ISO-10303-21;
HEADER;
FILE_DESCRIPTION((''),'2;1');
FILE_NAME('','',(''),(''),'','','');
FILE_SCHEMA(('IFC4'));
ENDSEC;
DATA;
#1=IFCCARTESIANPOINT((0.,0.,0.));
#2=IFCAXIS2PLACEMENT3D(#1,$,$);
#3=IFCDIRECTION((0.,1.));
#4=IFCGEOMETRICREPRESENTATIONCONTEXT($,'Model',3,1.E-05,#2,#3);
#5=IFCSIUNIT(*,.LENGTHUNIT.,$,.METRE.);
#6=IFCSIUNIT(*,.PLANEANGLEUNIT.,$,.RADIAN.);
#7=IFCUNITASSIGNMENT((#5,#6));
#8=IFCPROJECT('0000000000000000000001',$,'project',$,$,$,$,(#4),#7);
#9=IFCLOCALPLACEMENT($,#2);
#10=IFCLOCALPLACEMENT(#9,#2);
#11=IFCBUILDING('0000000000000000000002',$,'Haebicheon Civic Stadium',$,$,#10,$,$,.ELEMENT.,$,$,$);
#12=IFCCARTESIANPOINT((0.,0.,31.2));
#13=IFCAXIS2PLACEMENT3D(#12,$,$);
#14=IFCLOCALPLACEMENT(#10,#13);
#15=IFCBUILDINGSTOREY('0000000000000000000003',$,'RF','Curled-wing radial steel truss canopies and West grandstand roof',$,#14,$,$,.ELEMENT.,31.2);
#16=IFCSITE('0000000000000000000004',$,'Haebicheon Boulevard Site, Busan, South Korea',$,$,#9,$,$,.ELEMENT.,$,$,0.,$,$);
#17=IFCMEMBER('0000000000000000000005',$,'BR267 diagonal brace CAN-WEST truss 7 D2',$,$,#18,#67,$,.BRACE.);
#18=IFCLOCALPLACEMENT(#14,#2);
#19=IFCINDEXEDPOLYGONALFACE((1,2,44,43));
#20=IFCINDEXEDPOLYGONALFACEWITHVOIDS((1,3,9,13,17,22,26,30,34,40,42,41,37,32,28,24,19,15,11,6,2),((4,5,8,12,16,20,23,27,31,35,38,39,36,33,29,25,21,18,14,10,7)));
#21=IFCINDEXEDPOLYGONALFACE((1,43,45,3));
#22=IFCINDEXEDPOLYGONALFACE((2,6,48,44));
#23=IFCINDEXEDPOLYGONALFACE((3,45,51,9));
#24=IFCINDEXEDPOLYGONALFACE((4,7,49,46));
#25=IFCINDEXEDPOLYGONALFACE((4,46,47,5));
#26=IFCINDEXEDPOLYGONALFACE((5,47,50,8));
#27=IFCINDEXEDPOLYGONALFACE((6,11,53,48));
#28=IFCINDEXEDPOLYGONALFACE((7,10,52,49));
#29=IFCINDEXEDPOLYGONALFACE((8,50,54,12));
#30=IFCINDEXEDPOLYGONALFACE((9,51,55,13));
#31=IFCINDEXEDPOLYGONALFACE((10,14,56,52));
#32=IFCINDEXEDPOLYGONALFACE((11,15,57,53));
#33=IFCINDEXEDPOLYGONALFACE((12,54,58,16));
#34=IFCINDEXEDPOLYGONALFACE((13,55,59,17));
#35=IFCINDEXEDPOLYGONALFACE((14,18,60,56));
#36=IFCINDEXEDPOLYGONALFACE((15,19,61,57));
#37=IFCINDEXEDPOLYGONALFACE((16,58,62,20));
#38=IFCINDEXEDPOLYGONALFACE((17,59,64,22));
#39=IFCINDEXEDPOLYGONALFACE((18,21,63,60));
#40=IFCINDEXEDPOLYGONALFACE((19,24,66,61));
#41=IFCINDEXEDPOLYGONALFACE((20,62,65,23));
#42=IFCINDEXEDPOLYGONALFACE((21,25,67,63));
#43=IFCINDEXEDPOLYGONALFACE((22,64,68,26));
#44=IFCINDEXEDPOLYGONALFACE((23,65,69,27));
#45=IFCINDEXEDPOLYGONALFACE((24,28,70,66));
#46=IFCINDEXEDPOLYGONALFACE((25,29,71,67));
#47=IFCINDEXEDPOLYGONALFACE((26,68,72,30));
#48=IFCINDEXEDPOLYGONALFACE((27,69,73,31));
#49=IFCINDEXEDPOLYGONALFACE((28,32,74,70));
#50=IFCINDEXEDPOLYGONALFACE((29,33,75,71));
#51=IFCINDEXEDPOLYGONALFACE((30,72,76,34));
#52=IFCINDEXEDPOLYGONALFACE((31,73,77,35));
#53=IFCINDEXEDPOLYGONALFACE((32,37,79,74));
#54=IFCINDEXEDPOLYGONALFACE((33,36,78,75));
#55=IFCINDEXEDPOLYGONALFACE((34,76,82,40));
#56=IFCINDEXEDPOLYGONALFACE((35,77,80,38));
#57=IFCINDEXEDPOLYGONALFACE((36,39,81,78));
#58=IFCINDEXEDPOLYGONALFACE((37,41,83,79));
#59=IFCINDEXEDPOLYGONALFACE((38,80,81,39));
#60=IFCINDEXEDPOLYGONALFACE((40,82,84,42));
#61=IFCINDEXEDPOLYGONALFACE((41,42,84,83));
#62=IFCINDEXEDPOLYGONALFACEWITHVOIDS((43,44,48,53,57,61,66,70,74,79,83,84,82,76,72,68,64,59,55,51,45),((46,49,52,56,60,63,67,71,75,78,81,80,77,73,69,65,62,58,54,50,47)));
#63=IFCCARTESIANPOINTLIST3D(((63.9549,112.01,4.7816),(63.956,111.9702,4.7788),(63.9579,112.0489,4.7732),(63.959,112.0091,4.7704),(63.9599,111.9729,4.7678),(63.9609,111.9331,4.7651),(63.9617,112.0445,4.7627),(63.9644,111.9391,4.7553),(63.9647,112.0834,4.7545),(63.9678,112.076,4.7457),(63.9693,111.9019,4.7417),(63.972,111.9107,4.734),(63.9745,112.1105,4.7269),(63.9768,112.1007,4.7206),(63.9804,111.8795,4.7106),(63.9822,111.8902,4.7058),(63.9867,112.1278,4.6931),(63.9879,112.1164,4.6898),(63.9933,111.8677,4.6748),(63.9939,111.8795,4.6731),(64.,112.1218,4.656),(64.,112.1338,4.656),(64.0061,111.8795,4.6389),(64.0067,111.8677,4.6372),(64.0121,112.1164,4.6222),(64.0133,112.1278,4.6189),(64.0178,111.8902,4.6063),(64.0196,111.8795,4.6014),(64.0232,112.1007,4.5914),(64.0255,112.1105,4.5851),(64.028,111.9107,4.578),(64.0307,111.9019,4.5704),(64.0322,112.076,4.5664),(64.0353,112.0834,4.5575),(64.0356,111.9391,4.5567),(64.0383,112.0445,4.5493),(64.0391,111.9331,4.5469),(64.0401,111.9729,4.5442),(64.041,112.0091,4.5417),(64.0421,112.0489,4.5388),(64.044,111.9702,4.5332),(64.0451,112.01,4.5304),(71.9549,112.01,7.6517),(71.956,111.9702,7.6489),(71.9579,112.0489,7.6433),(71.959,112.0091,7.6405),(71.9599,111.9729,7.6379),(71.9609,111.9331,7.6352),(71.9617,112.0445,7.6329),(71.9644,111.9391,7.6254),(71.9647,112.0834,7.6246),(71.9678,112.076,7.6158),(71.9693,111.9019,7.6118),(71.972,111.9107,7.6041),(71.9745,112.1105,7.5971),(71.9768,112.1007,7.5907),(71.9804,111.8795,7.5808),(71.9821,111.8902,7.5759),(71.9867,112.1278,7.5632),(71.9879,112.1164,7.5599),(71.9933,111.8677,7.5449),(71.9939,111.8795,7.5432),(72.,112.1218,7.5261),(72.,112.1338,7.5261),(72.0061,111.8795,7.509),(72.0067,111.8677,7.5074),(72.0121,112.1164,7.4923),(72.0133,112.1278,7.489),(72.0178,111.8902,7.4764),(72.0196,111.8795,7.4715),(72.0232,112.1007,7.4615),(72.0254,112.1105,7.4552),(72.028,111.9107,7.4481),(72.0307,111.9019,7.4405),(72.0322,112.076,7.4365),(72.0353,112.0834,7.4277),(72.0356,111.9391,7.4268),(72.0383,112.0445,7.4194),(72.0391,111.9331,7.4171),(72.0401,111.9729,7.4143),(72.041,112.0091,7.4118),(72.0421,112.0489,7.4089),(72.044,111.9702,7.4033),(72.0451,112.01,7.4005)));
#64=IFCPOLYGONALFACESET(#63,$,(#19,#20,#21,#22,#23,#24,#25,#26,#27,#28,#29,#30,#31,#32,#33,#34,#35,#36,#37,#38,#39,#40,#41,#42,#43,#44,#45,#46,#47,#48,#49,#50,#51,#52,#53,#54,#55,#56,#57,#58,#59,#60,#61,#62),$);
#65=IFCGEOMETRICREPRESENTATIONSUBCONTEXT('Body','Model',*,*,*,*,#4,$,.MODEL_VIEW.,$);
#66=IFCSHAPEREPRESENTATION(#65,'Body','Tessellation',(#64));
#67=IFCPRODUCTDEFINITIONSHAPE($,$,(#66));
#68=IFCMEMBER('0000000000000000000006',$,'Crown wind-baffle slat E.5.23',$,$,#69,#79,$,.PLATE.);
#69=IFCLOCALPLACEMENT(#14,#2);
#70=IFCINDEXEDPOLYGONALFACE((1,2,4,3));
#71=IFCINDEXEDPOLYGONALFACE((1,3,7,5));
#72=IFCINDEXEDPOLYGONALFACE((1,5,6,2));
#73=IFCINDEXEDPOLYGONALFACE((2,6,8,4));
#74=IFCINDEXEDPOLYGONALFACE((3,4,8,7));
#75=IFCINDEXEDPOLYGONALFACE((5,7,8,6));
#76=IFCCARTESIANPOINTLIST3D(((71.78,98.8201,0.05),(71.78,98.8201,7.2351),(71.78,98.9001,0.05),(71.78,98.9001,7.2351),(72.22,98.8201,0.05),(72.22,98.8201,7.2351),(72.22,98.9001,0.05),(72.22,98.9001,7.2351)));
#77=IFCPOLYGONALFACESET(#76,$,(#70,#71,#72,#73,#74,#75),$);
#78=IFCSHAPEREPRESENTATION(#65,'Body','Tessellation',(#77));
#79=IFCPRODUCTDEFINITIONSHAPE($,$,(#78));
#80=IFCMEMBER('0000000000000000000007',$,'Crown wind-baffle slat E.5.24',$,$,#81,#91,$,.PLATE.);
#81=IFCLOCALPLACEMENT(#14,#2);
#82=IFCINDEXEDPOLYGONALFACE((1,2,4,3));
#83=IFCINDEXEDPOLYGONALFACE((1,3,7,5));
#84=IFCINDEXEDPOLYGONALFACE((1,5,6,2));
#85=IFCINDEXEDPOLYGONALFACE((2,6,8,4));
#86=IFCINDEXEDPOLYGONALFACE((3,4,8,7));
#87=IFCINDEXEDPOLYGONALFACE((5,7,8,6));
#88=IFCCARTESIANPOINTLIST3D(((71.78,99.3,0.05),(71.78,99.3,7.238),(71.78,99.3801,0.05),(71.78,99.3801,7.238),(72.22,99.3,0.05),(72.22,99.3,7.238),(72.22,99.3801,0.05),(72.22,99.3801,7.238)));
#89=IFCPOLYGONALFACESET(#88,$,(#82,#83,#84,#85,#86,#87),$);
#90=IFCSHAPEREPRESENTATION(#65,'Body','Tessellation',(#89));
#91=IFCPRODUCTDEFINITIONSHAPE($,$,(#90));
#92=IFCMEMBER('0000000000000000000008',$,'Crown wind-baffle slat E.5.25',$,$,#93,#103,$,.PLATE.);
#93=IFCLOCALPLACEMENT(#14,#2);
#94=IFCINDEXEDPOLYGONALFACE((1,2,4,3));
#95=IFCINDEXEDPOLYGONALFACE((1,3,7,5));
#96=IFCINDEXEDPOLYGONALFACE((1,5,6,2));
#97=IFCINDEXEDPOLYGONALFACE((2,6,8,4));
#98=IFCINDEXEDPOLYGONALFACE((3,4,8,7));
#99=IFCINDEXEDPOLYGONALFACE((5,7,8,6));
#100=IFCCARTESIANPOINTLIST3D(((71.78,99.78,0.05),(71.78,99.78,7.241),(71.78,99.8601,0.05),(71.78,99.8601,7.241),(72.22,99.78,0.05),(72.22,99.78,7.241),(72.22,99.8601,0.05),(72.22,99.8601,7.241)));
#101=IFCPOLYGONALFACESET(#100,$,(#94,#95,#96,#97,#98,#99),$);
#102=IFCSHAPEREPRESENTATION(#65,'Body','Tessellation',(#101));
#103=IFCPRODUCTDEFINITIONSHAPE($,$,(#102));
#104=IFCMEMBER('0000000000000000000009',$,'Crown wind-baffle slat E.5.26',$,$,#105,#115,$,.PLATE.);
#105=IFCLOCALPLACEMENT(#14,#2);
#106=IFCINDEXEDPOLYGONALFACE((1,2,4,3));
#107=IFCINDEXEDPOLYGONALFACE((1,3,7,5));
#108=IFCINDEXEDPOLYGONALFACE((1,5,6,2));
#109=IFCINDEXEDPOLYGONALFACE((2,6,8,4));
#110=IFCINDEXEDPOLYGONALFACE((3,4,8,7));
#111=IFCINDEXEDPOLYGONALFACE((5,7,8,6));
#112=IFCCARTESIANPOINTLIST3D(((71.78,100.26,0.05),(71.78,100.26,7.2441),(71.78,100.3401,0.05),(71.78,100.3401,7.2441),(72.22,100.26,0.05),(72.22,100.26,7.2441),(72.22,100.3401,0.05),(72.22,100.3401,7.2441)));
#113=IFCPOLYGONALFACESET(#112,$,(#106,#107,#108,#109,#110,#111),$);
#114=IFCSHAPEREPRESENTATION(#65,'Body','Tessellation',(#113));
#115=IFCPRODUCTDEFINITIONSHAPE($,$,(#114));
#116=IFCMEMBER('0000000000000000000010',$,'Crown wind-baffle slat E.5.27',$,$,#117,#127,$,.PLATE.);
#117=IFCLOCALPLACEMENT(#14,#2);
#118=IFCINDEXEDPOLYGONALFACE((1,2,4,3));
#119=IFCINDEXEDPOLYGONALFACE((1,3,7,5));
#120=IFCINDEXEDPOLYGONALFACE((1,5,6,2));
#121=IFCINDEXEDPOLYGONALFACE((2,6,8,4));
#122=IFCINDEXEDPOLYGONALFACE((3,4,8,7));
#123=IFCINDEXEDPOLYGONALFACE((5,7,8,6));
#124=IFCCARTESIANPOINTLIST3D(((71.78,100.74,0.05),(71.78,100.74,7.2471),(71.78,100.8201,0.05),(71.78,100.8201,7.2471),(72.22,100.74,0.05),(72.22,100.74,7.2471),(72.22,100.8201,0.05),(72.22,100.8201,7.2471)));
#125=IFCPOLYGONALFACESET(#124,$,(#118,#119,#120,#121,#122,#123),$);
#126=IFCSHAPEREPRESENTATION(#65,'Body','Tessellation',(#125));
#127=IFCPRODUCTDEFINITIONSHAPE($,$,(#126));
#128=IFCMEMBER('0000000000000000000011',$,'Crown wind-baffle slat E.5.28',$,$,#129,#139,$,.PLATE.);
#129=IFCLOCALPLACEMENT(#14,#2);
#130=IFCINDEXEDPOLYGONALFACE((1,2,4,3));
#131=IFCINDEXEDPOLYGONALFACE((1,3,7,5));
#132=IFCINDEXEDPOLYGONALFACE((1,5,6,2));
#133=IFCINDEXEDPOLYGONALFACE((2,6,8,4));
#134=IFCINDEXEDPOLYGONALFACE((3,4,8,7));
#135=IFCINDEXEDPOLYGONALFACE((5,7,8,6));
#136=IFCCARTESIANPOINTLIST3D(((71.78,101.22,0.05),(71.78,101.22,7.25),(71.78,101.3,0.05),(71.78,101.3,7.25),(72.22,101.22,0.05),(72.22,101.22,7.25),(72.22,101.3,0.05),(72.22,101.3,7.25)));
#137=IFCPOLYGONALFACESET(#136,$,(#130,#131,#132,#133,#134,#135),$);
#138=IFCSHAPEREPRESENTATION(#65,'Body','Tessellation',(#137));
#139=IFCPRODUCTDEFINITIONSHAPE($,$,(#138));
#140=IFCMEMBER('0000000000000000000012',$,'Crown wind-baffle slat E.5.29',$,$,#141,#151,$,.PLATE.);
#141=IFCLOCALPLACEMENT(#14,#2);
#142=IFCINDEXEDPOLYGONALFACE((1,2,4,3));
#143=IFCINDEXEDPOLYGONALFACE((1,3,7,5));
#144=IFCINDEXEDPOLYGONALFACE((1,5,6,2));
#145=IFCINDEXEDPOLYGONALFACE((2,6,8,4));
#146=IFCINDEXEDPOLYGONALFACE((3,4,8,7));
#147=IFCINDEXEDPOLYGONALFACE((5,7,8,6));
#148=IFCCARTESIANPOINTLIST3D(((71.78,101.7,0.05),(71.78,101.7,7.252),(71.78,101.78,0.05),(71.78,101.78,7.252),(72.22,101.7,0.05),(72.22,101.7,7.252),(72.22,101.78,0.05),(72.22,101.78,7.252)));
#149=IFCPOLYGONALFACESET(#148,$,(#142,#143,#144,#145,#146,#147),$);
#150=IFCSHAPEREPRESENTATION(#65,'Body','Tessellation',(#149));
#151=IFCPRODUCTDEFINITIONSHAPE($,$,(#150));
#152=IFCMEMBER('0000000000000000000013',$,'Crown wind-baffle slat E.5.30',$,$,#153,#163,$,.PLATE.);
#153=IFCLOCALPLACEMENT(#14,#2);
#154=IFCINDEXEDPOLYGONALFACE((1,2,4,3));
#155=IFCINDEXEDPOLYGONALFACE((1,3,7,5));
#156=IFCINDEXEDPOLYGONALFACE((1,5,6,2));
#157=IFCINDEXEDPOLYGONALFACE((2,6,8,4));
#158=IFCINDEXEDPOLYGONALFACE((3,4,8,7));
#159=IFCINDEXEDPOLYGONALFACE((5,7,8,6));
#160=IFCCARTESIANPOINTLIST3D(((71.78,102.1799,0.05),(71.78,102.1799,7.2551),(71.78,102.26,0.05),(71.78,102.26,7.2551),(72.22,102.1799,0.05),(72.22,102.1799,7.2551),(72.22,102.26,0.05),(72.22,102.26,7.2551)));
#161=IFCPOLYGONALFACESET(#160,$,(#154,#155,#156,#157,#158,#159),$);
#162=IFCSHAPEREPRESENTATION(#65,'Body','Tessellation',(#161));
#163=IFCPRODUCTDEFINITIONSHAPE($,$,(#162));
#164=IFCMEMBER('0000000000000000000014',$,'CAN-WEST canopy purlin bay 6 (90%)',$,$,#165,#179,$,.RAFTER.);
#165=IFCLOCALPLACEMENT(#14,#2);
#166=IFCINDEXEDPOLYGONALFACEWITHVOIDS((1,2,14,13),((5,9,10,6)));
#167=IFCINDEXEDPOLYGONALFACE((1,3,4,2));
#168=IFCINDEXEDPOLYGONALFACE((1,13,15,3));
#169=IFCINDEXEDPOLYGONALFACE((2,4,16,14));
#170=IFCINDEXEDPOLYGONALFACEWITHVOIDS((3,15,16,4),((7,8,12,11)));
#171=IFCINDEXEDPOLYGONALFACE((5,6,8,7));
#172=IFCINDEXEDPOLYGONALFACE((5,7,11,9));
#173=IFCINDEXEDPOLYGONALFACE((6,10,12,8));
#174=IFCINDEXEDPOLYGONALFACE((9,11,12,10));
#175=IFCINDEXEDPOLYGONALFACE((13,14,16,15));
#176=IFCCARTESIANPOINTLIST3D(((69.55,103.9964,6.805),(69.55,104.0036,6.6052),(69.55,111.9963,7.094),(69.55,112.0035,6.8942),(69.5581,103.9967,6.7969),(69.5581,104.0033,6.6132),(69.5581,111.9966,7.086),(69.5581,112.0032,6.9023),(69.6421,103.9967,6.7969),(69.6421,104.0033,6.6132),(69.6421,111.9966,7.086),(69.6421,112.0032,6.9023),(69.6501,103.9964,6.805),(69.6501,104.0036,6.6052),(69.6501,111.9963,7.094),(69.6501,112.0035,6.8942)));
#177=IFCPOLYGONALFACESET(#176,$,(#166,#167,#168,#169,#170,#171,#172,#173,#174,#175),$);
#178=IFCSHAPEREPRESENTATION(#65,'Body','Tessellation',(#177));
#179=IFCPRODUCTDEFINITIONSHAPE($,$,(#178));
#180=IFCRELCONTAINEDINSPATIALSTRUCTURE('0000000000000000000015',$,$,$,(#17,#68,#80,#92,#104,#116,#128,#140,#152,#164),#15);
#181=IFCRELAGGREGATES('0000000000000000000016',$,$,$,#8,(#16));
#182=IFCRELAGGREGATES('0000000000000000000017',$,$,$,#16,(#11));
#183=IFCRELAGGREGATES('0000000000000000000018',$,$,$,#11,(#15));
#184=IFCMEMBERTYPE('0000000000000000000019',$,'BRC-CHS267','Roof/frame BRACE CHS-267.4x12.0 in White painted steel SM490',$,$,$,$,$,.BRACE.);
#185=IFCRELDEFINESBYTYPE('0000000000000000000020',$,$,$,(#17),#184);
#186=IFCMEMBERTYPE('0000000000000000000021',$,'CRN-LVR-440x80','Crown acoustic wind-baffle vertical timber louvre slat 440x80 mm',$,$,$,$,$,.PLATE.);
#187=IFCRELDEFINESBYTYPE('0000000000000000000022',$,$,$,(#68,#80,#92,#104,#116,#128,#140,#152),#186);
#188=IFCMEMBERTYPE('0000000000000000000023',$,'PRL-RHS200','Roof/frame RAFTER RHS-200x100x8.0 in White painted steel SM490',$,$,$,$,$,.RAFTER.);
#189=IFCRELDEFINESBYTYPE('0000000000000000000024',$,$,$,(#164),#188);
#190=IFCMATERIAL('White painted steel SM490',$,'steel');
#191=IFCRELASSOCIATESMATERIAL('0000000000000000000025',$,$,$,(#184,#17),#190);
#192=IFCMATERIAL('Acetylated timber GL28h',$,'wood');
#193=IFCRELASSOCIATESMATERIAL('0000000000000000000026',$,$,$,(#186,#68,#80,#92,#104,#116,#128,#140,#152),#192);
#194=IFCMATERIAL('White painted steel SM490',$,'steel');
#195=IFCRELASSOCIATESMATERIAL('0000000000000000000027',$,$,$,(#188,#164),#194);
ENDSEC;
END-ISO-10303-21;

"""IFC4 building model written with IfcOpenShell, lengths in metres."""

from ifc_helpers import new_model, si_unit, direction, frame, origin, origin_2d, place, context, subcontext, project, spatial, rectangle, hollow_rectangle, hollow_circle, extrude, material, material_profile, profile_set, type_object, element, save


model = new_model("IFC4")

# Units and contexts
model_context = context("Model", 3, precision=1e-05, world=origin(), true_north=direction((0.0, 1.0)))
body_context = subcontext(model_context, "Body", "Model", "MODEL_VIEW")
ifc_project = project(units=[si_unit("LENGTHUNIT", "METRE"), si_unit("PLANEANGLEUNIT", "RADIAN")], contexts=[model_context])

# Site, building, storey
site_placement = place(None, origin())
site = spatial("IfcSite", under=ifc_project, at=site_placement, Name="Haebicheon Boulevard Site, Busan, South Korea", CompositionType="ELEMENT", RefElevation=0.0)
building_placement = place(site_placement, origin())
building = spatial("IfcBuilding", under=site, at=building_placement, Name="Haebicheon Civic Stadium", CompositionType="ELEMENT")
storey_placement = place(building_placement, frame((0.0, 0.0, 31.2)))
storey = spatial("IfcBuildingStorey", under=building, at=storey_placement, Name="RF", Description="Curled-wing radial steel truss canopies and West grandstand roof", CompositionType="ELEMENT", Elevation=31.2)

# Members
ifc_material_1 = material(Name="White painted steel SM490", Category="steel")
ifc_material_profile_1 = material_profile(ifc_material_1, hollow_circle(Radius=0.1338, WallThickness=0.012, at=origin_2d()), Name="CHS-267.4x12.0")
ifc_profile_set_1 = profile_set([ifc_material_profile_1], Name="White painted steel SM490")
member_type_1 = type_object("IfcMemberType", Name="BRC-CHS267", Description="Roof/frame BRACE CHS-267.4x12.0 in White painted steel SM490", PredefinedType="BRACE", material=ifc_profile_set_1)
for number, where, z_axis, x_axis, name in (
    (1, (64.0, 112.0, 4.656), (0.941257, 0.0, 0.33769), (0.0, 1.0, 0.0), "BR267 diagonal brace CAN-WEST truss 7 D2"),
):
    element("IfcMember", number, at=place(storey_placement, frame(where, z_axis=z_axis, x_axis=x_axis)), inside=storey, type_object=member_type_1, material=ifc_profile_set_1, Name=name, PredefinedType="BRACE", context=body_context, shape_type="SweptSolid", body=[
        extrude(hollow_circle(Radius=0.1338, WallThickness=0.012, at=origin_2d()), origin(), (0.0, 0.0, 1.0), 8.4993),
    ])
ifc_material_2 = material(Name="Acetylated timber GL28h", Category="wood")
ifc_material_profile_2 = material_profile(ifc_material_2, rectangle(XDim=0.0801, YDim=0.4399, at=origin_2d()), Name="TMB-LOUV-80x440")
ifc_profile_set_2 = profile_set([ifc_material_profile_2], Name="Acetylated timber GL28h")
member_type_2 = type_object("IfcMemberType", Name="CRN-LVR-440x80", Description="Crown acoustic wind-baffle vertical timber louvre slat 440x80 mm", PredefinedType="PLATE", material=ifc_profile_set_2)
member_1_placement = place(storey_placement, frame((72.0, 98.8601, 0.05), z_axis=(0.0, 0.0, 1.0), x_axis=(0.0, 1.0, 0.0)))
element("IfcMember", 2, at=member_1_placement, inside=storey, type_object=member_type_2, material=ifc_profile_set_2, Name="Crown wind-baffle slat E.5.23", PredefinedType="PLATE", context=body_context, shape_type="SweptSolid", body=[
    extrude(rectangle(XDim=0.0801, YDim=0.4399, at=origin_2d()), origin(), (0.0, 0.0, 1.0), 7.1851),
])
member_2_placement = place(storey_placement, frame((72.0, 99.3401, 0.05), z_axis=(0.0, 0.0, 1.0), x_axis=(0.0, 1.0, 0.0)))
element("IfcMember", 3, at=member_2_placement, inside=storey, type_object=member_type_2, material=ifc_profile_set_2, Name="Crown wind-baffle slat E.5.24", PredefinedType="PLATE", context=body_context, shape_type="SweptSolid", body=[
    extrude(rectangle(XDim=0.0801, YDim=0.4399, at=origin_2d()), origin(), (0.0, 0.0, 1.0), 7.188),
])
member_3_placement = place(storey_placement, frame((72.0, 99.8201, 0.05), z_axis=(0.0, 0.0, 1.0), x_axis=(0.0, 1.0, 0.0)))
element("IfcMember", 4, at=member_3_placement, inside=storey, type_object=member_type_2, material=ifc_profile_set_2, Name="Crown wind-baffle slat E.5.25", PredefinedType="PLATE", context=body_context, shape_type="SweptSolid", body=[
    extrude(rectangle(XDim=0.0801, YDim=0.4399, at=origin_2d()), origin(), (0.0, 0.0, 1.0), 7.1909),
])
member_4_placement = place(storey_placement, frame((72.0, 100.3, 0.05), z_axis=(0.0, 0.0, 1.0), x_axis=(0.0, 1.0, 0.0)))
element("IfcMember", 5, at=member_4_placement, inside=storey, type_object=member_type_2, material=ifc_profile_set_2, Name="Crown wind-baffle slat E.5.26", PredefinedType="PLATE", context=body_context, shape_type="SweptSolid", body=[
    extrude(rectangle(XDim=0.0801, YDim=0.4399, at=origin_2d()), origin(), (0.0, 0.0, 1.0), 7.1941),
])
member_5_placement = place(storey_placement, frame((72.0, 100.78, 0.05), z_axis=(0.0, 0.0, 1.0), x_axis=(0.0, 1.0, 0.0)))
element("IfcMember", 6, at=member_5_placement, inside=storey, type_object=member_type_2, material=ifc_profile_set_2, Name="Crown wind-baffle slat E.5.27", PredefinedType="PLATE", context=body_context, shape_type="SweptSolid", body=[
    extrude(rectangle(XDim=0.0801, YDim=0.4399, at=origin_2d()), origin(), (0.0, 0.0, 1.0), 7.197),
])
member_6_placement = place(storey_placement, frame((72.0, 101.26, 0.05), z_axis=(0.0, 0.0, 1.0), x_axis=(0.0, 1.0, 0.0)))
element("IfcMember", 7, at=member_6_placement, inside=storey, type_object=member_type_2, material=ifc_profile_set_2, Name="Crown wind-baffle slat E.5.28", PredefinedType="PLATE", context=body_context, shape_type="SweptSolid", body=[
    extrude(rectangle(XDim=0.0801, YDim=0.4399, at=origin_2d()), origin(), (0.0, 0.0, 1.0), 7.2),
])
member_7_placement = place(storey_placement, frame((72.0, 101.74, 0.05), z_axis=(0.0, 0.0, 1.0), x_axis=(0.0, 1.0, 0.0)))
element("IfcMember", 8, at=member_7_placement, inside=storey, type_object=member_type_2, material=ifc_profile_set_2, Name="Crown wind-baffle slat E.5.29", PredefinedType="PLATE", context=body_context, shape_type="SweptSolid", body=[
    extrude(rectangle(XDim=0.0801, YDim=0.4399, at=origin_2d()), origin(), (0.0, 0.0, 1.0), 7.2019),
])
member_8_placement = place(storey_placement, frame((72.0, 102.22, 0.05), z_axis=(0.0, 0.0, 1.0), x_axis=(0.0, 1.0, 0.0)))
element("IfcMember", 9, at=member_8_placement, inside=storey, type_object=member_type_2, material=ifc_profile_set_2, Name="Crown wind-baffle slat E.5.30", PredefinedType="PLATE", context=body_context, shape_type="SweptSolid", body=[
    extrude(rectangle(XDim=0.0801, YDim=0.4399, at=origin_2d()), origin(), (0.0, 0.0, 1.0), 7.2051),
])
ifc_material_3 = material(Name="White painted steel SM490", Category="steel")
ifc_material_profile_3 = material_profile(ifc_material_3, hollow_rectangle(XDim=0.1001, YDim=0.2, WallThickness=0.0081, at=origin_2d()), Name="RHS-200x100x8.0")
ifc_profile_set_3 = profile_set([ifc_material_profile_3], Name="White painted steel SM490")
member_type_3 = type_object("IfcMemberType", Name="PRL-RHS200", Description="Roof/frame RAFTER RHS-200x100x8.0 in White painted steel SM490", PredefinedType="RAFTER", material=ifc_profile_set_3)
member_9_placement = place(storey_placement, frame((69.6001, 104.0, 6.7051), z_axis=(0.0, 0.999348, 0.036109), x_axis=(-1.0, 0.0, 0.0)))
element("IfcMember", 10, at=member_9_placement, inside=storey, type_object=member_type_3, material=ifc_profile_set_3, Name="CAN-WEST canopy purlin bay 6 (90%)", PredefinedType="RAFTER", context=body_context, shape_type="SweptSolid", body=[
    extrude(hollow_rectangle(XDim=0.1001, YDim=0.2, WallThickness=0.0081, at=origin_2d()), origin(), (0.0, 0.0, 1.0), 8.0051),
])

save(model, "model.ifc")
